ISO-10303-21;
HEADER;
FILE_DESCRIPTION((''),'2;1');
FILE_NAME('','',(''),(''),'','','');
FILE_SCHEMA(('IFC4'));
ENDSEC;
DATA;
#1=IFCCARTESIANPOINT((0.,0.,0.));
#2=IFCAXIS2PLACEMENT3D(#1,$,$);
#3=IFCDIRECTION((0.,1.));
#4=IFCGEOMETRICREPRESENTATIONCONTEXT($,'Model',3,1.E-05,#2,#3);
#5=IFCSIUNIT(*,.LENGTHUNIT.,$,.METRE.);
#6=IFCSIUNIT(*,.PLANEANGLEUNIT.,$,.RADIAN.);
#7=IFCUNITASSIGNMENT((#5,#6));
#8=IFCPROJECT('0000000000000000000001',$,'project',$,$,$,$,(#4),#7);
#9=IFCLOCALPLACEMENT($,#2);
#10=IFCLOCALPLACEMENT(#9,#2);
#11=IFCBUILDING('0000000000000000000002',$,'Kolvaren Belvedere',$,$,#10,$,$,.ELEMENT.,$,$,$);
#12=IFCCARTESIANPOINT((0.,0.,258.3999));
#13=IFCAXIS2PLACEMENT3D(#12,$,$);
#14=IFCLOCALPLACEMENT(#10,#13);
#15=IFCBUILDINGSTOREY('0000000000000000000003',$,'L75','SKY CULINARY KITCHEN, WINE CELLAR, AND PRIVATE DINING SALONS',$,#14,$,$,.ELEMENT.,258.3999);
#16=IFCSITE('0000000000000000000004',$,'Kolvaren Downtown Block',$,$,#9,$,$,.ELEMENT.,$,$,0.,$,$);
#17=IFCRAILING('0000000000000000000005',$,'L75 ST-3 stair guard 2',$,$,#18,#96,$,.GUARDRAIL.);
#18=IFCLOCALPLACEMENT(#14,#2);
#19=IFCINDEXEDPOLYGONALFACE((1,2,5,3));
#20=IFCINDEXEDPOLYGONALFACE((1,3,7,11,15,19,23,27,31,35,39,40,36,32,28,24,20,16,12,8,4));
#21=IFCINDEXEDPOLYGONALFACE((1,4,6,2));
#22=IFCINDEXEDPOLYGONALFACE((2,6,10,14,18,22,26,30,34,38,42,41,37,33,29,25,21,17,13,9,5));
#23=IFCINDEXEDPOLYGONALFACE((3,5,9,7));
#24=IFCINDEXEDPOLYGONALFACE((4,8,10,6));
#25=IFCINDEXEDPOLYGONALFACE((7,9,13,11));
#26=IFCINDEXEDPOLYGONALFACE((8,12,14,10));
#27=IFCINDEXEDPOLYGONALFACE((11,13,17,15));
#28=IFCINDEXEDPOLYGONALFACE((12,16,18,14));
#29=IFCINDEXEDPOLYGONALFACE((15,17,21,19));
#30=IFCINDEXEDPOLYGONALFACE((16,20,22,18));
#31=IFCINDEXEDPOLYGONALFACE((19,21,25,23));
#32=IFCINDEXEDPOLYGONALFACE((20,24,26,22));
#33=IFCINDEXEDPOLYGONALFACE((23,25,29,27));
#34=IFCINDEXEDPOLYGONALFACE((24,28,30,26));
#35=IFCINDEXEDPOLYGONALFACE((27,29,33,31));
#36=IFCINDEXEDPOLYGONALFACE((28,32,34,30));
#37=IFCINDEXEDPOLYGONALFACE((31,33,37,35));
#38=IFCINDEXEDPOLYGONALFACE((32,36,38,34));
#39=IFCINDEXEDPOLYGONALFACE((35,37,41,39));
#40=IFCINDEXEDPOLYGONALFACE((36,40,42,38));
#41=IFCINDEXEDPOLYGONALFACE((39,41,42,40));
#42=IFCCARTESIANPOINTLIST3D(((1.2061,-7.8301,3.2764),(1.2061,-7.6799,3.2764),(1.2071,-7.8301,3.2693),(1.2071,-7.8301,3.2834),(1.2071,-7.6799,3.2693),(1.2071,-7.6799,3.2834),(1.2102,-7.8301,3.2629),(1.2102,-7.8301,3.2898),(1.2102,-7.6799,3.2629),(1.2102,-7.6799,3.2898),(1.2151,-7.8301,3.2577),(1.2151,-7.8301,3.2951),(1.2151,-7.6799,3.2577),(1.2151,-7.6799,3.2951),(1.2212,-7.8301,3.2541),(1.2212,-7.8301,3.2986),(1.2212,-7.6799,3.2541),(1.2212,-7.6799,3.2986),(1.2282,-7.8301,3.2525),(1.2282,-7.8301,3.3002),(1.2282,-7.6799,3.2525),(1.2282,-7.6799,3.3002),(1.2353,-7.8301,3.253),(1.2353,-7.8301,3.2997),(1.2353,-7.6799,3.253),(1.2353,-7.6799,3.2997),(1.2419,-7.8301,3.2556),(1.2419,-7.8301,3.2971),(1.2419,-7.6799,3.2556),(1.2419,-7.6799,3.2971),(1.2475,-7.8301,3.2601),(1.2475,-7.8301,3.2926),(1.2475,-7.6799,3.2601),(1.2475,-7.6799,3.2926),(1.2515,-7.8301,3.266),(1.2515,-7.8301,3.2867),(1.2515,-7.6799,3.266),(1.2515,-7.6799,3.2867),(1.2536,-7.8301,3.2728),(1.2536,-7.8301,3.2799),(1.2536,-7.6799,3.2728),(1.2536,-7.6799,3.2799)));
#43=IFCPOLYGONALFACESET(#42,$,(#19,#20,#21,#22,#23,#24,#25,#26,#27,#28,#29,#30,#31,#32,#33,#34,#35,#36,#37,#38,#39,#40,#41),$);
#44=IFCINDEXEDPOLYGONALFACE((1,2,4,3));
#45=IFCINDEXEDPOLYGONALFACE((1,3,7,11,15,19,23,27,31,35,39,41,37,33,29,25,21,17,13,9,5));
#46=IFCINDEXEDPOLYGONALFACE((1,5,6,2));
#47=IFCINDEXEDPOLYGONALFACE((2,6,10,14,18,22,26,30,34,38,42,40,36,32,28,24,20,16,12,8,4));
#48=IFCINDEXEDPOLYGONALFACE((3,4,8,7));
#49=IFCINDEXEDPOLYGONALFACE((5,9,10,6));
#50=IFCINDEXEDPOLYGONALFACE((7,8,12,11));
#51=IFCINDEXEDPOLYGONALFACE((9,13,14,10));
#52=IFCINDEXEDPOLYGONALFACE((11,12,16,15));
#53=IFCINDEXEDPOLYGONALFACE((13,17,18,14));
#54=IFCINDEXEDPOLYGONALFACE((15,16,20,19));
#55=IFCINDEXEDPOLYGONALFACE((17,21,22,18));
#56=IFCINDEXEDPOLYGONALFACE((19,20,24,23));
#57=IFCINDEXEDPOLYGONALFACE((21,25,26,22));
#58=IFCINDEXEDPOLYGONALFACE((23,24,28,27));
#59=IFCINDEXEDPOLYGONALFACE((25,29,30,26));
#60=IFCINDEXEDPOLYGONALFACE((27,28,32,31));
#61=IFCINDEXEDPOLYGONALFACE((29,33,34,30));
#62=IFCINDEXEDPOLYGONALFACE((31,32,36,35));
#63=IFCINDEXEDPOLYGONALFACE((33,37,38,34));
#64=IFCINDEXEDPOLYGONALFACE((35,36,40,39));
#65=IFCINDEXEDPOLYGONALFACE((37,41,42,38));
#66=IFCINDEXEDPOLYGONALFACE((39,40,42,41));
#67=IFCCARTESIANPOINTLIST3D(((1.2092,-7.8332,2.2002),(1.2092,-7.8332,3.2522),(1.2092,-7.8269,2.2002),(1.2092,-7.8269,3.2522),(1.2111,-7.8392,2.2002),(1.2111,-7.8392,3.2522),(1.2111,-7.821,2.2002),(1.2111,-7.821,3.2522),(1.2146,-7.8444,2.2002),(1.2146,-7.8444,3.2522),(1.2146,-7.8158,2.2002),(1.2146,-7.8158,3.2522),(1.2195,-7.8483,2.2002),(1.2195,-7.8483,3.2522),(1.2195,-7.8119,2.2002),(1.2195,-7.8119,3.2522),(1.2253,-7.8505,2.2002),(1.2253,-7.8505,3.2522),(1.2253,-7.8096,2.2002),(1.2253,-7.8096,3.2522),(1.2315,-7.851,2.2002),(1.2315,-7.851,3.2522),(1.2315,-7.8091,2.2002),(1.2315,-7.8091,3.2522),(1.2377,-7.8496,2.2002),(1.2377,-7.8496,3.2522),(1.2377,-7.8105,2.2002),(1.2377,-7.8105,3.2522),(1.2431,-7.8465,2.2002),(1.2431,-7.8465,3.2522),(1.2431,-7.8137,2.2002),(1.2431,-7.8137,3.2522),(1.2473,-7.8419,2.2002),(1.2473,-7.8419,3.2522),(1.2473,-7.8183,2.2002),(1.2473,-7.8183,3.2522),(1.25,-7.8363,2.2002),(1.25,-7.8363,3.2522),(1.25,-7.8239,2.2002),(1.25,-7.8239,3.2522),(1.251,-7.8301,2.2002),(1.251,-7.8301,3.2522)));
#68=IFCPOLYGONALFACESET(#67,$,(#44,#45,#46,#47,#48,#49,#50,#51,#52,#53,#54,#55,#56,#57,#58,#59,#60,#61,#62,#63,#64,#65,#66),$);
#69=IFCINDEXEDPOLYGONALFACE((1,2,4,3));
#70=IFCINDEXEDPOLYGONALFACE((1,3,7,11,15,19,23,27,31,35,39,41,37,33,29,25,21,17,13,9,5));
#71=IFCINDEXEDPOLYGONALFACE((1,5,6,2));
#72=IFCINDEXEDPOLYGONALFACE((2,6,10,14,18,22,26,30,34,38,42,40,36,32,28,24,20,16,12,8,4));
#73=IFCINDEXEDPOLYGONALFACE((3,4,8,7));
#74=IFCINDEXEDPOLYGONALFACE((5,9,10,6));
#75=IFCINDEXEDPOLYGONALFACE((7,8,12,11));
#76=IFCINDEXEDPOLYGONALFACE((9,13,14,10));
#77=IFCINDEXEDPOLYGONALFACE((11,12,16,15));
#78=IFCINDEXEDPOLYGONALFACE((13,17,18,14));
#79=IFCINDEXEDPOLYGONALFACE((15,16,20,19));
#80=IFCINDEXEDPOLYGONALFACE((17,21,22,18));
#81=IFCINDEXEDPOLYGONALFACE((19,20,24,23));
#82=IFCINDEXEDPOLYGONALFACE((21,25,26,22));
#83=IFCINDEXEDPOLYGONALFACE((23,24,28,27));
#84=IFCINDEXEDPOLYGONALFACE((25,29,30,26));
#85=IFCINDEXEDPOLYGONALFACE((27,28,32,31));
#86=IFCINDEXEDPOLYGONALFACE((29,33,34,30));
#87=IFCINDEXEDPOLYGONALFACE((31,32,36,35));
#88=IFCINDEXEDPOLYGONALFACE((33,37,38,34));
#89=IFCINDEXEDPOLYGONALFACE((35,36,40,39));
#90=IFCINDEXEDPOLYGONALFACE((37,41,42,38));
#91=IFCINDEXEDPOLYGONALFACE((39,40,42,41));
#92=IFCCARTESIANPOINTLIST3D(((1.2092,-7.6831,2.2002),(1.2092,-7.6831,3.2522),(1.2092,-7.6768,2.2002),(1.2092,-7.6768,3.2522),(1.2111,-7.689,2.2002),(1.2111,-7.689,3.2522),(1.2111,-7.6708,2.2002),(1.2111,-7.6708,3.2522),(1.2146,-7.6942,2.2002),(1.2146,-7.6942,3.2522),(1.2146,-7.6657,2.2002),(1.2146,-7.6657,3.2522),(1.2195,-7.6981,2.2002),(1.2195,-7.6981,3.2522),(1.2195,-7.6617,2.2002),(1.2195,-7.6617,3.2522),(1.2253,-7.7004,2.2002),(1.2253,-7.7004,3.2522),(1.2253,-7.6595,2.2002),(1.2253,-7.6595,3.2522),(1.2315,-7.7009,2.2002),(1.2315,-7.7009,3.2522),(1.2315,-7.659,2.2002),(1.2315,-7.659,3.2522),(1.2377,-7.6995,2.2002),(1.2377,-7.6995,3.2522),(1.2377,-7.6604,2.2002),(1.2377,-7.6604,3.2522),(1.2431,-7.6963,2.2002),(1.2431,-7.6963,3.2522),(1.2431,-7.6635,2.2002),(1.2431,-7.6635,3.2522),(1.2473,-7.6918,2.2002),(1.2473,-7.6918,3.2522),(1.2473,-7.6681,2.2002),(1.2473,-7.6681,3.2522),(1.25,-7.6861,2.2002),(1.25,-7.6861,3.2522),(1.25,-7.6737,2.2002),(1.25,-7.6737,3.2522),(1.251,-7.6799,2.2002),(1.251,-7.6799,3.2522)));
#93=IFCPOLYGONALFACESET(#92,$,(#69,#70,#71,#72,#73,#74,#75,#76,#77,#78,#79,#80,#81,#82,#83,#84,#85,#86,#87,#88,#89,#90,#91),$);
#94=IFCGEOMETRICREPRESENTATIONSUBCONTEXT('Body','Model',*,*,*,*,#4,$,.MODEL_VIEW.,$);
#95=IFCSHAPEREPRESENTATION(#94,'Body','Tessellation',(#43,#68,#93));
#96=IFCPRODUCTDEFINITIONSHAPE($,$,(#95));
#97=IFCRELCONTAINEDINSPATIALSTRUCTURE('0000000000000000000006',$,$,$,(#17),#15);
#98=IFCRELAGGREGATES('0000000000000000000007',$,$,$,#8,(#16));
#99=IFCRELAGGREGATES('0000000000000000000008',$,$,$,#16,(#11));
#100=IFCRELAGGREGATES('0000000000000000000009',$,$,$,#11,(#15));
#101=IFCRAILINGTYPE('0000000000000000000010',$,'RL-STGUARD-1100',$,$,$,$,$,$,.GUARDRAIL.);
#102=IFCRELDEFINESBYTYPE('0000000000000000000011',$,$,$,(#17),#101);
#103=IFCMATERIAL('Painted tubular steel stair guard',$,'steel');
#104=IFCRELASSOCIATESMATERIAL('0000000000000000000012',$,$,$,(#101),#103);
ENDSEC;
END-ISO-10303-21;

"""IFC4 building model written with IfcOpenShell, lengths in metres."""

from ifc_helpers import new_model, si_unit, direction, frame, origin, origin_2d, place, context, subcontext, project, spatial, circle, extrude, material, type_object, element, save


model = new_model("IFC4")

# Units and contexts
model_context = context("Model", 3, precision=1e-05, world=origin(), true_north=direction((0.0, 1.0)))
body_context = subcontext(model_context, "Body", "Model", "MODEL_VIEW")
ifc_project = project(units=[si_unit("LENGTHUNIT", "METRE"), si_unit("PLANEANGLEUNIT", "RADIAN")], contexts=[model_context])

# Site, building, storey
site_placement = place(None, origin())
site = spatial("IfcSite", under=ifc_project, at=site_placement, Name="Kolvaren Downtown Block", CompositionType="ELEMENT", RefElevation=0.0)
building_placement = place(site_placement, origin())
building = spatial("IfcBuilding", under=site, at=building_placement, Name="Kolvaren Belvedere", CompositionType="ELEMENT")
storey_placement = place(building_placement, frame((0.0, 0.0, 258.3999)))
storey = spatial("IfcBuildingStorey", under=building, at=storey_placement, Name="L75", Description="SKY CULINARY KITCHEN, WINE CELLAR, AND PRIVATE DINING SALONS", CompositionType="ELEMENT", Elevation=258.3999)

# Railing
ifc_material_1 = material(Name="Painted tubular steel stair guard", Category="steel")
railing_type_1 = type_object("IfcRailingType", Name="RL-STGUARD-1100", PredefinedType="GUARDRAIL", material=ifc_material_1)
railing_1_placement = place(storey_placement, frame((1.23, -7.8301, 2.2002)))
element("IfcRailing", 1, at=railing_1_placement, inside=storey, type_object=railing_type_1, Name="L75 ST-3 stair guard 2", PredefinedType="GUARDRAIL", context=body_context, shape_type="SweptSolid", body=[
    extrude(circle(Radius=0.0239, at=origin_2d()), frame((0.0, 0.0, 1.0762), z_axis=(0.0, 1.0, 0.0), x_axis=(-1.0, 0.0, 0.0)), (0.0, 0.0, 1.0), 0.1501),
    extrude(circle(Radius=0.021, at=origin_2d()), origin(), (0.0, 0.0, 1.0), 1.052),
    extrude(circle(Radius=0.021, at=origin_2d()), frame((0.0, 0.1501, 0.0)), (0.0, 0.0, 1.0), 1.052),
])

save(model, "model.ifc")
